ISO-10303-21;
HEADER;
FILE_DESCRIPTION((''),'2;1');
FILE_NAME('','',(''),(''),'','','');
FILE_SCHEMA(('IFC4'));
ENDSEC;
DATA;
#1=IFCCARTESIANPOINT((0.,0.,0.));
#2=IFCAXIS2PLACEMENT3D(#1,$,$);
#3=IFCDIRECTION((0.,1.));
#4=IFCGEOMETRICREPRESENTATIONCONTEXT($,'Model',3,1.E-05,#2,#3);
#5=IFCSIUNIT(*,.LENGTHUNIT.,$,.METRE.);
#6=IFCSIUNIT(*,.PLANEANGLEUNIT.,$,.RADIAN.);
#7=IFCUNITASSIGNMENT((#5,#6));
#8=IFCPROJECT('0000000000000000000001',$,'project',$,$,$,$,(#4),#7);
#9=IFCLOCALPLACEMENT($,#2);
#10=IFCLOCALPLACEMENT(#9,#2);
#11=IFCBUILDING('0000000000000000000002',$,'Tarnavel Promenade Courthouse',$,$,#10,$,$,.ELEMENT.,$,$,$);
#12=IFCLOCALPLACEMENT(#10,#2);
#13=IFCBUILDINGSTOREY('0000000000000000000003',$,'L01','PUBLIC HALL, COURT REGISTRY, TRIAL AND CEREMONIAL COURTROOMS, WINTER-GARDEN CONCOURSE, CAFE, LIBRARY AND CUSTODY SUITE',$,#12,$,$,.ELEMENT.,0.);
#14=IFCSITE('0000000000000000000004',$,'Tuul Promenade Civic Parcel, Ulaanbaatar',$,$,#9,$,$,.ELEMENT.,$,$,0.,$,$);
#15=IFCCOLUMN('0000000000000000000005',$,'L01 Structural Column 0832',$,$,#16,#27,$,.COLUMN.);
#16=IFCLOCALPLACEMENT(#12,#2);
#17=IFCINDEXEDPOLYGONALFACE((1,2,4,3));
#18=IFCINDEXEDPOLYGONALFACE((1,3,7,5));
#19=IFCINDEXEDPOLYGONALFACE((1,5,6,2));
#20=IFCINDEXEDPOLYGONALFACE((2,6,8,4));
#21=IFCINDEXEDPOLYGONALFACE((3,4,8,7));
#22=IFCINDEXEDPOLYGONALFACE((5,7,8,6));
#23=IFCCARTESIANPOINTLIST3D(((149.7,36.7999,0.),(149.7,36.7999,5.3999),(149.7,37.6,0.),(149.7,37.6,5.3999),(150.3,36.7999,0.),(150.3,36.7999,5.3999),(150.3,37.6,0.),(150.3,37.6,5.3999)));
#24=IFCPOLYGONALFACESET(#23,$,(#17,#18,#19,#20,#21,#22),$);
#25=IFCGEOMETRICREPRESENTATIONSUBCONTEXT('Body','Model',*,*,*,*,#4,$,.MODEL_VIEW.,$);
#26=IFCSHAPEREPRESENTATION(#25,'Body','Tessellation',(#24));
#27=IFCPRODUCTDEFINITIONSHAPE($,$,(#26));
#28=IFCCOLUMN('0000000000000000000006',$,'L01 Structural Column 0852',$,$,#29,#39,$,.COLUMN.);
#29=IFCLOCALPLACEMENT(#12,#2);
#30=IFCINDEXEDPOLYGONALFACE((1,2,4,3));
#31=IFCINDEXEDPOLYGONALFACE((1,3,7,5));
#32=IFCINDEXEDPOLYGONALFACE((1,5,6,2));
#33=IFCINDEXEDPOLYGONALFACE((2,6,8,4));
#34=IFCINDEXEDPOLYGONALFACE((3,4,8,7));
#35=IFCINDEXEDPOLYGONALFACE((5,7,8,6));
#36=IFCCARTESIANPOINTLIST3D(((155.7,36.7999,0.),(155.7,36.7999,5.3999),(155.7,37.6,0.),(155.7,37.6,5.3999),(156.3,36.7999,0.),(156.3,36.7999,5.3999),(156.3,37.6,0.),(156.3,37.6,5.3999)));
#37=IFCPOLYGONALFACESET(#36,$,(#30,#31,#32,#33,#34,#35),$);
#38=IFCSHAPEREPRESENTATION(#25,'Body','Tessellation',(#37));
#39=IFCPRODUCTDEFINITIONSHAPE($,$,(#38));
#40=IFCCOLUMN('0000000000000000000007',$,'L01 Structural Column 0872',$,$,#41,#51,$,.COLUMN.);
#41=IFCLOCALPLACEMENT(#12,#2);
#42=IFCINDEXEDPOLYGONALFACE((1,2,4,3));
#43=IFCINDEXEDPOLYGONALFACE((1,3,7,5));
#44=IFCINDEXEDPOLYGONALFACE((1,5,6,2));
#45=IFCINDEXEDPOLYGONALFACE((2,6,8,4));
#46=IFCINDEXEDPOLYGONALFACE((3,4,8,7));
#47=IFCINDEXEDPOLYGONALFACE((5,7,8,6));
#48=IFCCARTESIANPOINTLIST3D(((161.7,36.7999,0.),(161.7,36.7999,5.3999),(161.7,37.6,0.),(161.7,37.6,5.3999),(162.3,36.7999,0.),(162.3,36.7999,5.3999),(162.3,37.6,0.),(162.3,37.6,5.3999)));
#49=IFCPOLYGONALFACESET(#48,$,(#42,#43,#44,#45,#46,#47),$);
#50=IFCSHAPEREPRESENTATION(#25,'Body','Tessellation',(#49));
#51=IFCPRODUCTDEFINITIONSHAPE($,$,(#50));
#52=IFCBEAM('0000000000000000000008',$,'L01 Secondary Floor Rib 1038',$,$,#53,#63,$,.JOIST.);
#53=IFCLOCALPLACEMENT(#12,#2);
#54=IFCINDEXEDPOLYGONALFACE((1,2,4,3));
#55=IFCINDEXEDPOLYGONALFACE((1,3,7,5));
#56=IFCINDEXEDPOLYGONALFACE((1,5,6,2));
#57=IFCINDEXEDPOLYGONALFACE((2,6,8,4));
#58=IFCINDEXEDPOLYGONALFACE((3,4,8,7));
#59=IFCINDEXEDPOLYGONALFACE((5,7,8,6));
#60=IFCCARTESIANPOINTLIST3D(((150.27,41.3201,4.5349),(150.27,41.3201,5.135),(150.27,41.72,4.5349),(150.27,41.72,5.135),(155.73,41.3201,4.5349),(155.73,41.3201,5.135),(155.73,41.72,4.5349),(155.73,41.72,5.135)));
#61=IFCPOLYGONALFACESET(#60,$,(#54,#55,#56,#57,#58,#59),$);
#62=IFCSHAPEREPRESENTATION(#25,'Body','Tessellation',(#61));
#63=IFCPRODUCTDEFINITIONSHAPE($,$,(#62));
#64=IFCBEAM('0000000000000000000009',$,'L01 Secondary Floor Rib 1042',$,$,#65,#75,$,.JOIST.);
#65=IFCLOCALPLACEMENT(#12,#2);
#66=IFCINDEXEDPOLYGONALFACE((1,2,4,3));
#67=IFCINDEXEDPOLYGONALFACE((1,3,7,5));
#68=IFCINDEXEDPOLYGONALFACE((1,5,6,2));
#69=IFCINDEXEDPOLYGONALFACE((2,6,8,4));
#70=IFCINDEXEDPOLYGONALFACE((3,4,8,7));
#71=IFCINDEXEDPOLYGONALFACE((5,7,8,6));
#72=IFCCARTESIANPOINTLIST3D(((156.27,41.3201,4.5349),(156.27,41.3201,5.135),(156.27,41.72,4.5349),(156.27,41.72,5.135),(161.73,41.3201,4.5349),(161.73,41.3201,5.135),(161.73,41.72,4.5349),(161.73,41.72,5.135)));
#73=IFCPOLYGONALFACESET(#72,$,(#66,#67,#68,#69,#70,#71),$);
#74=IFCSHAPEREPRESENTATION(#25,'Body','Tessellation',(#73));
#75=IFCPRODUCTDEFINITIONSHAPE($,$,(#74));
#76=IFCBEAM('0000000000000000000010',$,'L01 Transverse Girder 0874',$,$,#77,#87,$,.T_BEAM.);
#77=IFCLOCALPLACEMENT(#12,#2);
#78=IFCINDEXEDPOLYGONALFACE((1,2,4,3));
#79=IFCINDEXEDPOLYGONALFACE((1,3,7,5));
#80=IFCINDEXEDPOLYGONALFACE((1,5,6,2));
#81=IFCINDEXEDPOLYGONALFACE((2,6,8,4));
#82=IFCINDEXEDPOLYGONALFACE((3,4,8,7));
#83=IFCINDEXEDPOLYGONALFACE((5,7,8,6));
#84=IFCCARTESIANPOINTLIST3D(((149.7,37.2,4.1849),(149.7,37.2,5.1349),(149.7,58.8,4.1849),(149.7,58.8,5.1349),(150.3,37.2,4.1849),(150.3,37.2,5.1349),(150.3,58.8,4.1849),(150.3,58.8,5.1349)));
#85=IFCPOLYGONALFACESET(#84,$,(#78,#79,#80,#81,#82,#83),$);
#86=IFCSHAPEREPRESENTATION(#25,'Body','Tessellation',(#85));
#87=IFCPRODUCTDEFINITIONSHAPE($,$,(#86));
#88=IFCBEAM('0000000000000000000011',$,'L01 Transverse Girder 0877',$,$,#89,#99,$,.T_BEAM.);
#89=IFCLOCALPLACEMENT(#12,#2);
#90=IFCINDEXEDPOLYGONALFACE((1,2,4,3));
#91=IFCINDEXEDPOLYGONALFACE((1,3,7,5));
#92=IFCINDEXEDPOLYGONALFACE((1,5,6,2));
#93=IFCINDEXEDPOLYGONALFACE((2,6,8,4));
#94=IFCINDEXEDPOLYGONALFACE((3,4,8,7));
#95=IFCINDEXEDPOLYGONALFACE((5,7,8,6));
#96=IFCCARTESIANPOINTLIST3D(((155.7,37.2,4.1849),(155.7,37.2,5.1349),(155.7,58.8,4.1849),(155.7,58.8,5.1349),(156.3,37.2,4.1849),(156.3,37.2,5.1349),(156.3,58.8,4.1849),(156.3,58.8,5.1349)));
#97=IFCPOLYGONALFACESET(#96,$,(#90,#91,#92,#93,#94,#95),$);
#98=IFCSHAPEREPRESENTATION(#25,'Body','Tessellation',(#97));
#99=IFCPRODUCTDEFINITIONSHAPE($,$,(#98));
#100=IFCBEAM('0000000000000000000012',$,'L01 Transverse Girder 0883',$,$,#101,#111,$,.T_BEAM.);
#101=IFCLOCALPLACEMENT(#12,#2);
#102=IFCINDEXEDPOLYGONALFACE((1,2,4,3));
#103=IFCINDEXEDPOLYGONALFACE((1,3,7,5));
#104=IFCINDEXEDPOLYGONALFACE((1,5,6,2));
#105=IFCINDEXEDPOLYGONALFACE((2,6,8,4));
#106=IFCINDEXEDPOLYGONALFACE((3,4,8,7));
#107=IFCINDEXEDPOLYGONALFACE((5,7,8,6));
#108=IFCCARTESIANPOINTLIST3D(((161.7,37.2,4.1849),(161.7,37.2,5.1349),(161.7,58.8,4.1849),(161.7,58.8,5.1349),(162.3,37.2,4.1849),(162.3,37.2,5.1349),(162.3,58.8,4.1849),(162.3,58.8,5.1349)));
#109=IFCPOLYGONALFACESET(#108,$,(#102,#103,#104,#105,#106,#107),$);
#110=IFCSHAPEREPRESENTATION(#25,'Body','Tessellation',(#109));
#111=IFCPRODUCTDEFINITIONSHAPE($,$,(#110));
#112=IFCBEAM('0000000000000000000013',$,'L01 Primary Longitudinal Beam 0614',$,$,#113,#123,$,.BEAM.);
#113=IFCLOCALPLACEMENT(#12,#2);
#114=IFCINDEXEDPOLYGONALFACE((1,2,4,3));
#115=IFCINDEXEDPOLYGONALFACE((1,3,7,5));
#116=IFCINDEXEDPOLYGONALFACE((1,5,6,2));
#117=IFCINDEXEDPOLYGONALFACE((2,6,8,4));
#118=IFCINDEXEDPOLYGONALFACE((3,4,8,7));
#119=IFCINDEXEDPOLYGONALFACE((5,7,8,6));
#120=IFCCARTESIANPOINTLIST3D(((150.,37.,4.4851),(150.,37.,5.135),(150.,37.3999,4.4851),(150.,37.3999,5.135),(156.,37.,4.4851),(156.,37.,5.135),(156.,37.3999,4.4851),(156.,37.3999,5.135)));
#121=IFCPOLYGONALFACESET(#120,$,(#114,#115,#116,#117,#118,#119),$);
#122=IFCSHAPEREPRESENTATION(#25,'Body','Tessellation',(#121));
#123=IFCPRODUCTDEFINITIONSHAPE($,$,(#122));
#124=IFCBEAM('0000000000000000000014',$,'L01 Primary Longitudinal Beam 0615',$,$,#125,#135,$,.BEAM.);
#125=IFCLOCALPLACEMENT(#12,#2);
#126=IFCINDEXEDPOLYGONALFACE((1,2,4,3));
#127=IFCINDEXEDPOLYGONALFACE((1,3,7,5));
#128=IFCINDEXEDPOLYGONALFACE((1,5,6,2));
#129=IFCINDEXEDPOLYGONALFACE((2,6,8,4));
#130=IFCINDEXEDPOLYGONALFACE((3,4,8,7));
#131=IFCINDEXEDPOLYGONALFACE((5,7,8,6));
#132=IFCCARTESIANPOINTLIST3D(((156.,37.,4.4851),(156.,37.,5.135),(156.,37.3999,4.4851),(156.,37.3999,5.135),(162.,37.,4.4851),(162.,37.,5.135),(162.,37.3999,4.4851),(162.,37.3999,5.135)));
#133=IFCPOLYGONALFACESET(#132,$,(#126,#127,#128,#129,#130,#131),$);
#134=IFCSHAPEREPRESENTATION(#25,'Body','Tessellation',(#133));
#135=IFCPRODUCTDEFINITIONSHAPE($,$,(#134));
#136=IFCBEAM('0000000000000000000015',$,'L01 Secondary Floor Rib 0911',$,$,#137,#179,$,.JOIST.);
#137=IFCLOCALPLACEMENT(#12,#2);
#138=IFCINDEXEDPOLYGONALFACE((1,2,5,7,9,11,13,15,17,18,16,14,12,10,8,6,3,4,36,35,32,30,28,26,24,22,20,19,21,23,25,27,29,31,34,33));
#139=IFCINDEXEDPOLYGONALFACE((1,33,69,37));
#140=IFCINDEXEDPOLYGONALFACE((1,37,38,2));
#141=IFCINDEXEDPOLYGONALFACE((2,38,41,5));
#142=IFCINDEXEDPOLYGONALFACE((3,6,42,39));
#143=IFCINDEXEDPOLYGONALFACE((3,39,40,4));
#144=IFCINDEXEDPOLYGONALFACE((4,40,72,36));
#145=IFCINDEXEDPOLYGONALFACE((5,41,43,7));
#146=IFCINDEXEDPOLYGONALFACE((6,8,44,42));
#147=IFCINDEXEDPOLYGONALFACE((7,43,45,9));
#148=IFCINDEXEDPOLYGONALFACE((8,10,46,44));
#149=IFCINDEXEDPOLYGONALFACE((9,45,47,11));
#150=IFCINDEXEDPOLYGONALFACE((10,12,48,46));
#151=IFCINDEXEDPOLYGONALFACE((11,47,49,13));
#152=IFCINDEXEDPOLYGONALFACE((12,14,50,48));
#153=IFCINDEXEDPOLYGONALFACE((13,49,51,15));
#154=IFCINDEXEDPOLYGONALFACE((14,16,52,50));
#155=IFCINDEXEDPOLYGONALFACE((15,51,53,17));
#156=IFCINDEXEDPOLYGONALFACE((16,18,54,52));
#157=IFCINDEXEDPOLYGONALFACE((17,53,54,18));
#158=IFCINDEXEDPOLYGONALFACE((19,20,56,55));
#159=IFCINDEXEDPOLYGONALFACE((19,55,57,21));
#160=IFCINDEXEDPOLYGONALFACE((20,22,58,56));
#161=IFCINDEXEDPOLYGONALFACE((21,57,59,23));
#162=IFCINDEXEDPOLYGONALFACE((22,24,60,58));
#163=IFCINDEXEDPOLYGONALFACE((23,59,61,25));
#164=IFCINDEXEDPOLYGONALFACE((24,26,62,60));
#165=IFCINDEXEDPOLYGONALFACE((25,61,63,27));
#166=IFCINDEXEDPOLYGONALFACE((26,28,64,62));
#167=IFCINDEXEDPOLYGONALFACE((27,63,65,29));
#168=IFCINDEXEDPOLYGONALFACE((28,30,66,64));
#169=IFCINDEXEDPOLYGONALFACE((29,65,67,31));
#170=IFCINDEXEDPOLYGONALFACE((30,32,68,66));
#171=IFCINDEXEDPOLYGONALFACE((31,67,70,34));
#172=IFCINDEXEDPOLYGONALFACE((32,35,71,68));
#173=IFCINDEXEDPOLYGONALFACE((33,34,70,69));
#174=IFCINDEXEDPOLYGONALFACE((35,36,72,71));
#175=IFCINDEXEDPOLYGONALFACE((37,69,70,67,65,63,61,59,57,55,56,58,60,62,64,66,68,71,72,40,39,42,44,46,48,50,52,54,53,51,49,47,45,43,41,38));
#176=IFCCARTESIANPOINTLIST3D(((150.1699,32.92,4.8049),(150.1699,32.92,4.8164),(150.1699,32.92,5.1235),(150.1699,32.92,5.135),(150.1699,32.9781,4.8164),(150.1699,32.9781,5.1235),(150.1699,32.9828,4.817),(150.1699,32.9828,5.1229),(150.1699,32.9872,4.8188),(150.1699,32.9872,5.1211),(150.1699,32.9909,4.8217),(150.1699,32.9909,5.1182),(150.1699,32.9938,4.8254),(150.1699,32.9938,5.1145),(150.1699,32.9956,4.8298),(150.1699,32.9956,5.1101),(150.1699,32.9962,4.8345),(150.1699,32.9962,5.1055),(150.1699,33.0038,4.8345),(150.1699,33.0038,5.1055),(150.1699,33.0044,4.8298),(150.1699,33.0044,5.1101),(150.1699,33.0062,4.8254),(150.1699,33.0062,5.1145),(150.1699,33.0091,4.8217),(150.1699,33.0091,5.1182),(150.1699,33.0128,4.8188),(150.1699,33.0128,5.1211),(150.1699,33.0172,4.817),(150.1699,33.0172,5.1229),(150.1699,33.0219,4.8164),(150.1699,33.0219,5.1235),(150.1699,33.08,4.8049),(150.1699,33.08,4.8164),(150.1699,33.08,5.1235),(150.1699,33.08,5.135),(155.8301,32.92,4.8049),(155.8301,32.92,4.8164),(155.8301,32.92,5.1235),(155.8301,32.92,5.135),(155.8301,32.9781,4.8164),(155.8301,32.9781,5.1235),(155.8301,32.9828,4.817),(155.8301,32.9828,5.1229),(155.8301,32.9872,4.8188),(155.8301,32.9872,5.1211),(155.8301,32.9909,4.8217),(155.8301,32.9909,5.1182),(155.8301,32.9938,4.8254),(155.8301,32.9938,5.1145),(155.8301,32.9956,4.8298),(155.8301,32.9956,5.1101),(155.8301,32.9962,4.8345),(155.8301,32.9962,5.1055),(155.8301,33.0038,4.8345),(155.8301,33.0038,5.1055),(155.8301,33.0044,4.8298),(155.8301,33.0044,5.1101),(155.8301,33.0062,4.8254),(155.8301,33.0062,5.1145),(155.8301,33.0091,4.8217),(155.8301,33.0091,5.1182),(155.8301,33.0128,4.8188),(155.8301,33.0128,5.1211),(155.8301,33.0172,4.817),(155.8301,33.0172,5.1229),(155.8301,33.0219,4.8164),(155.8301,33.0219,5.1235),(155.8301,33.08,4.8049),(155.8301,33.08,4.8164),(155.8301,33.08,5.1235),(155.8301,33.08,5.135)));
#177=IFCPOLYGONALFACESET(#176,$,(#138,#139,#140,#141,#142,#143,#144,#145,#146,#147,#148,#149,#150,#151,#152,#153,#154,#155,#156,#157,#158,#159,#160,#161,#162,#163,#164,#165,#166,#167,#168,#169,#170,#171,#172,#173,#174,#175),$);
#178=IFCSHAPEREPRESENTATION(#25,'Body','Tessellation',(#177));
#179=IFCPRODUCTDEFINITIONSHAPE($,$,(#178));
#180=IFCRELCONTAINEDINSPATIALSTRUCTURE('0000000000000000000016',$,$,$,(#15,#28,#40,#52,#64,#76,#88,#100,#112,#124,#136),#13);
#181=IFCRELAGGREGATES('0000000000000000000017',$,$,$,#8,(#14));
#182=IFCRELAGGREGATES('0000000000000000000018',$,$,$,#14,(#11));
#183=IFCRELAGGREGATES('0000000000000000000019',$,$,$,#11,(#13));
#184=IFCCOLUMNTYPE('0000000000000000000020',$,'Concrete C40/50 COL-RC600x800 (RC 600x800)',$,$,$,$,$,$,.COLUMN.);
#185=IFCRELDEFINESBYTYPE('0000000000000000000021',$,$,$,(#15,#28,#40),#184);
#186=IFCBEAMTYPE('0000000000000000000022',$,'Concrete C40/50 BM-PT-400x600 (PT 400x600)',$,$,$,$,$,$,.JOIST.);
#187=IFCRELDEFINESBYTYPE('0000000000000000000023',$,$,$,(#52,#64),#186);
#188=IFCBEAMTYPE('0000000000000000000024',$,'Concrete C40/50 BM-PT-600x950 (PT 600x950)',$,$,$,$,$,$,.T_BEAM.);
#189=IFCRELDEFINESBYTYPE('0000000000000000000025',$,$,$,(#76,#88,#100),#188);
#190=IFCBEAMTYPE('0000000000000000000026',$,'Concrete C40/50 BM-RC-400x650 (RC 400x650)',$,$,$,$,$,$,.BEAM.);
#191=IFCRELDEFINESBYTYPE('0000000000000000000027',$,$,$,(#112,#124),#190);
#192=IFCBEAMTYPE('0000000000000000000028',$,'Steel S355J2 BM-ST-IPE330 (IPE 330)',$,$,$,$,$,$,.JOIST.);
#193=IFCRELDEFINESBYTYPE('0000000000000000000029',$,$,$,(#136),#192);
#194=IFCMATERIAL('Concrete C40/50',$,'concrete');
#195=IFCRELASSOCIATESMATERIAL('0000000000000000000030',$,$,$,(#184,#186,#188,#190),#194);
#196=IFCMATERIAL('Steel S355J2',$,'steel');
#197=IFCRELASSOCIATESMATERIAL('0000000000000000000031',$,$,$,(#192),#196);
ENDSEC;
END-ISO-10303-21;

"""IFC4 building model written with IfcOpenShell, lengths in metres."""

from ifc_helpers import new_model, si_unit, direction, frame, origin, origin_2d, place, context, subcontext, project, spatial, rectangle, i_section, extrude, material, material_profile, profile_set, type_object, element, save


model = new_model("IFC4")

# Units and contexts
model_context = context("Model", 3, precision=1e-05, world=origin(), true_north=direction((0.0, 1.0)))
body_context = subcontext(model_context, "Body", "Model", "MODEL_VIEW")
ifc_project = project(units=[si_unit("LENGTHUNIT", "METRE"), si_unit("PLANEANGLEUNIT", "RADIAN")], contexts=[model_context])

# Site, building, storey
site_placement = place(None, origin())
site = spatial("IfcSite", under=ifc_project, at=site_placement, Name="Tuul Promenade Civic Parcel, Ulaanbaatar", CompositionType="ELEMENT", RefElevation=0.0)
building_placement = place(site_placement, origin())
building = spatial("IfcBuilding", under=site, at=building_placement, Name="Tarnavel Promenade Courthouse", CompositionType="ELEMENT")
storey_placement = place(building_placement, origin())
storey = spatial("IfcBuildingStorey", under=building, at=storey_placement, Name="L01", Description="PUBLIC HALL, COURT REGISTRY, TRIAL AND CEREMONIAL COURTROOMS, WINTER-GARDEN CONCOURSE, CAFE, LIBRARY AND CUSTODY SUITE", CompositionType="ELEMENT", Elevation=0.0)

# Columns
ifc_material_1 = material(Name="Concrete C40/50", Category="concrete")
ifc_material_profile_1 = material_profile(ifc_material_1, rectangle(XDim=0.6001, YDim=0.8, at=origin_2d()), Name="RC 600x800")
ifc_profile_set_1 = profile_set([ifc_material_profile_1], Name="Concrete C40/50")
column_type = type_object("IfcColumnType", Name="Concrete C40/50 COL-RC600x800 (RC 600x800)", PredefinedType="COLUMN", material=ifc_profile_set_1)
for number, where, z_axis, x_axis, name in (
    (1, (150.0, 37.2, 0.0), (0.0, 0.0, 1.0), (1.0, 0.0, 0.0), "L01 Structural Column 0832"),
    (2, (156.0, 37.2, 0.0), (0.0, 0.0, 1.0), (1.0, 0.0, 0.0), "L01 Structural Column 0852"),
    (3, (162.0, 37.2, 0.0), (0.0, 0.0, 1.0), (1.0, 0.0, 0.0), "L01 Structural Column 0872"),
):
    element("IfcColumn", number, at=place(storey_placement, frame(where, z_axis=z_axis, x_axis=x_axis)), inside=storey, type_object=column_type, Name=name, PredefinedType="COLUMN", context=body_context, shape_type="SweptSolid", body=[
        extrude(rectangle(XDim=0.6001, YDim=0.8, at=origin_2d()), origin(), (0.0, 0.0, 1.0), 5.3999),
    ])

# Beams
ifc_material_profile_2 = material_profile(ifc_material_1, rectangle(XDim=0.3999, YDim=0.6001, at=origin_2d()), Name="PT 400x600")
ifc_profile_set_2 = profile_set([ifc_material_profile_2], Name="Concrete C40/50")
beam_type_1 = type_object("IfcBeamType", Name="Concrete C40/50 BM-PT-400x600 (PT 400x600)", PredefinedType="JOIST", material=ifc_profile_set_2)
for number, where, z_axis, x_axis, name in (
    (4, (150.27, 41.52, 4.835), (1.0, 0.0, 0.0), (0.0, 1.0, 0.0), "L01 Secondary Floor Rib 1038"),
    (5, (156.27, 41.52, 4.835), (1.0, 0.0, 0.0), (0.0, 1.0, 0.0), "L01 Secondary Floor Rib 1042"),
):
    element("IfcBeam", number, at=place(storey_placement, frame(where, z_axis=z_axis, x_axis=x_axis)), inside=storey, type_object=beam_type_1, Name=name, PredefinedType="JOIST", context=body_context, shape_type="SweptSolid", body=[
        extrude(rectangle(XDim=0.3999, YDim=0.6001, at=origin_2d()), origin(), (0.0, 0.0, 1.0), 5.46),
    ])
ifc_material_profile_3 = material_profile(ifc_material_1, rectangle(XDim=0.6001, YDim=0.95, at=origin_2d()), Name="PT 600x950")
ifc_profile_set_3 = profile_set([ifc_material_profile_3], Name="Concrete C40/50")
beam_type_2 = type_object("IfcBeamType", Name="Concrete C40/50 BM-PT-600x950 (PT 600x950)", PredefinedType="T_BEAM", material=ifc_profile_set_3)
for number, where, z_axis, x_axis, name in (
    (6, (150.0, 37.2, 4.6599), (0.0, 1.0, 0.0), (-1.0, 0.0, 0.0), "L01 Transverse Girder 0874"),
    (7, (156.0, 37.2, 4.6599), (0.0, 1.0, 0.0), (-1.0, 0.0, 0.0), "L01 Transverse Girder 0877"),
    (8, (162.0, 37.2, 4.6599), (0.0, 1.0, 0.0), (-1.0, 0.0, 0.0), "L01 Transverse Girder 0883"),
):
    element("IfcBeam", number, at=place(storey_placement, frame(where, z_axis=z_axis, x_axis=x_axis)), inside=storey, type_object=beam_type_2, Name=name, PredefinedType="T_BEAM", context=body_context, shape_type="SweptSolid", body=[
        extrude(rectangle(XDim=0.6001, YDim=0.95, at=origin_2d()), origin(), (0.0, 0.0, 1.0), 21.6001),
    ])
ifc_material_profile_4 = material_profile(ifc_material_1, rectangle(XDim=0.3999, YDim=0.6499, at=origin_2d()), Name="RC 400x650")
ifc_profile_set_4 = profile_set([ifc_material_profile_4], Name="Concrete C40/50")
beam_type_3 = type_object("IfcBeamType", Name="Concrete C40/50 BM-RC-400x650 (RC 400x650)", PredefinedType="BEAM", material=ifc_profile_set_4)
for number, where, z_axis, x_axis, name in (
    (9, (150.0, 37.2, 4.8101), (1.0, 0.0, 0.0), (0.0, 1.0, 0.0), "L01 Primary Longitudinal Beam 0614"),
    (10, (156.0, 37.2, 4.8101), (1.0, 0.0, 0.0), (0.0, 1.0, 0.0), "L01 Primary Longitudinal Beam 0615"),
):
    element("IfcBeam", number, at=place(storey_placement, frame(where, z_axis=z_axis, x_axis=x_axis)), inside=storey, type_object=beam_type_3, Name=name, PredefinedType="BEAM", context=body_context, shape_type="SweptSolid", body=[
        extrude(rectangle(XDim=0.3999, YDim=0.6499, at=origin_2d()), origin(), (0.0, 0.0, 1.0), 6.0),
    ])
ifc_material_2 = material(Name="Steel S355J2", Category="steel")
ifc_material_profile_5 = material_profile(ifc_material_2, i_section(OverallWidth=0.1599, OverallDepth=0.3301, WebThickness=0.0076, FlangeThickness=0.0115, FilletRadius=0.0181, at=origin_2d()), Name="IPE 330")
ifc_profile_set_5 = profile_set([ifc_material_profile_5], Name="Steel S355J2")
beam_type_4 = type_object("IfcBeamType", Name="Steel S355J2 BM-ST-IPE330 (IPE 330)", PredefinedType="JOIST", material=ifc_profile_set_5)
beam_1_placement = place(storey_placement, frame((150.1699, 33.0, 4.97), z_axis=(1.0, 0.0, 0.0), x_axis=(0.0, 1.0, 0.0)))
element("IfcBeam", 11, at=beam_1_placement, inside=storey, type_object=beam_type_4, Name="L01 Secondary Floor Rib 0911", PredefinedType="JOIST", context=body_context, shape_type="SweptSolid", body=[
    extrude(i_section(OverallWidth=0.1599, OverallDepth=0.3301, WebThickness=0.0076, FlangeThickness=0.0115, FilletRadius=0.0181, at=origin_2d()), origin(), (0.0, 0.0, 1.0), 5.6602),
])

save(model, "model.ifc")
